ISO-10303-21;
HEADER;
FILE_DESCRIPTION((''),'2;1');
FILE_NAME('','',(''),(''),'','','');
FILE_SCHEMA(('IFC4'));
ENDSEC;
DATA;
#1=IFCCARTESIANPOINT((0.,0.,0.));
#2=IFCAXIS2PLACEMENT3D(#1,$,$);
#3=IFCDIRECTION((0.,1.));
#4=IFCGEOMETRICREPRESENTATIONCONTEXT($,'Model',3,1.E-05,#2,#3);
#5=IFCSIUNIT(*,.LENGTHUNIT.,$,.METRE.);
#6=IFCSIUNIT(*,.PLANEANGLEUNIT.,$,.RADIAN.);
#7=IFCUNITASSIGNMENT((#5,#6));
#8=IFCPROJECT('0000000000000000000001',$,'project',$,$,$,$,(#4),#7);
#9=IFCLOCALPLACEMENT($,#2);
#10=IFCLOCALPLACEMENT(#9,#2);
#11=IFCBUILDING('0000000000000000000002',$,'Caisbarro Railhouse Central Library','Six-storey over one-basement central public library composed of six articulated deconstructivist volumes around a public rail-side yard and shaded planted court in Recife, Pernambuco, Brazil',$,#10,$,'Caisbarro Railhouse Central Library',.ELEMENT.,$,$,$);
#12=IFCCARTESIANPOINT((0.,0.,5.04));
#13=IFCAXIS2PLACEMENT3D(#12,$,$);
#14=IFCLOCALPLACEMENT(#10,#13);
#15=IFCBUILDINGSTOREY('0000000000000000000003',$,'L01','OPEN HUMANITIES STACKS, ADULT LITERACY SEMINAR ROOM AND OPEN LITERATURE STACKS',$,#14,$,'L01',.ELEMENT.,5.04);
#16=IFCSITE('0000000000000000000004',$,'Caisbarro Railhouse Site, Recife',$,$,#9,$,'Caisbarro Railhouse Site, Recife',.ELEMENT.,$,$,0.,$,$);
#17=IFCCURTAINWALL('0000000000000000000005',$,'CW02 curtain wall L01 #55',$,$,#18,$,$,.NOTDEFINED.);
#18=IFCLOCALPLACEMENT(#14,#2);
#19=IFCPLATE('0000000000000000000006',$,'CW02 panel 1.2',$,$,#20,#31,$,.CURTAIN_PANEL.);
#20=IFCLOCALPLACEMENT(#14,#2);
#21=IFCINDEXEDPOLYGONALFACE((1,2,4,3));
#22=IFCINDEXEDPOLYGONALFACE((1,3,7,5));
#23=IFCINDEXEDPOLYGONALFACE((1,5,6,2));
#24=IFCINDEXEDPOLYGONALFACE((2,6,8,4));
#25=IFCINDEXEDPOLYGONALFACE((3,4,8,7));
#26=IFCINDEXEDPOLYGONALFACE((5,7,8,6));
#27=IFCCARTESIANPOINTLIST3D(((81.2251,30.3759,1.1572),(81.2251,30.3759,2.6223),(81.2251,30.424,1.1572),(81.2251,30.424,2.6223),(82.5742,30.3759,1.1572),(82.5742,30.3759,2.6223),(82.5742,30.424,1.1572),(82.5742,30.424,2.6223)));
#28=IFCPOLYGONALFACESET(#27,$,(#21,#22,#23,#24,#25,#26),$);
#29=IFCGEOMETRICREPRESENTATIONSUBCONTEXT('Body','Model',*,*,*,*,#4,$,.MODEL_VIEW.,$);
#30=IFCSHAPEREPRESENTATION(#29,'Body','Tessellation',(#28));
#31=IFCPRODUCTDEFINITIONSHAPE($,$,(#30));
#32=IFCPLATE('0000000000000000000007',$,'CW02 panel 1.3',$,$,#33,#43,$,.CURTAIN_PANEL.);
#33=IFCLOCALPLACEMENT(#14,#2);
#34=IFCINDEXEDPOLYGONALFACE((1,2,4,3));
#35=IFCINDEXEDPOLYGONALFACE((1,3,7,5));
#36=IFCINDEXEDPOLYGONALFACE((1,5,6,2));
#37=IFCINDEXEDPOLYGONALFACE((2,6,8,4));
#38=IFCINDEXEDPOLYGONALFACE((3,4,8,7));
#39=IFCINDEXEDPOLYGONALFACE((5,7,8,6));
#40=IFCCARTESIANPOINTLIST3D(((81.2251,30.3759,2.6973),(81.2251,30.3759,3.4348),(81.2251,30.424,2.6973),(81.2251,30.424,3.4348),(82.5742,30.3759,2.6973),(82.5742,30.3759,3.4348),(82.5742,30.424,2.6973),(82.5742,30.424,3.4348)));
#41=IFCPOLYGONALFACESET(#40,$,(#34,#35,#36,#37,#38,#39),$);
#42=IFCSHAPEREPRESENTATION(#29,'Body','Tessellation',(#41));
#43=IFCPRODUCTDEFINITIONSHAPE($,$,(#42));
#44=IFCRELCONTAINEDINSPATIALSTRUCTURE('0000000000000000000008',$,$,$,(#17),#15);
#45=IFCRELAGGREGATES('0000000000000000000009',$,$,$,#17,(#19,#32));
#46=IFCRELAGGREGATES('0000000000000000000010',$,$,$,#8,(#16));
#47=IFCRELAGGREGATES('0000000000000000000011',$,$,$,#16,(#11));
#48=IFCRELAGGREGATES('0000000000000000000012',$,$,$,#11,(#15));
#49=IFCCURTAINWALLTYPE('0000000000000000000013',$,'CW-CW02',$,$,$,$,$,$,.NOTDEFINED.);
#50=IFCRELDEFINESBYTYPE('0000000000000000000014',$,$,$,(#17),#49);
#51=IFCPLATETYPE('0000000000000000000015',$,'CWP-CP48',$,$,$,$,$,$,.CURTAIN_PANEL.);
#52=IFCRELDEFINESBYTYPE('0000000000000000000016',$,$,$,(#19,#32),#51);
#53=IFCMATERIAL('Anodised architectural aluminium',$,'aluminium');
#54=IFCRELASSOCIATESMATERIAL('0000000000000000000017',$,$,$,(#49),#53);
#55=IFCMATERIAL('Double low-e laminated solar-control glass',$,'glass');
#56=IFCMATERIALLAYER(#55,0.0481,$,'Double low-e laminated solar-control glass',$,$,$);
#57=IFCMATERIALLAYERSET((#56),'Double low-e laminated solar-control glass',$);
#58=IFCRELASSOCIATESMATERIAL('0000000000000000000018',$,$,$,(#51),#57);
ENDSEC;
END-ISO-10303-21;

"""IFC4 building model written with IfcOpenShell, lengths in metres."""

from ifc_helpers import new_model, si_unit, direction, frame, origin, origin_2d, place, context, subcontext, project, spatial, rectangle, extrude, material, layer, layer_set, type_object, element, aggregate, save


model = new_model("IFC4")

# Units and contexts
model_context = context("Model", 3, precision=1e-05, world=origin(), true_north=direction((0.0, 1.0)))
body_context = subcontext(model_context, "Body", "Model", "MODEL_VIEW")
ifc_project = project(units=[si_unit("LENGTHUNIT", "METRE"), si_unit("PLANEANGLEUNIT", "RADIAN")], contexts=[model_context])

# Site, building, storey
site_placement = place(None, origin())
site = spatial("IfcSite", under=ifc_project, at=site_placement, Name="Caisbarro Railhouse Site, Recife", LongName="Caisbarro Railhouse Site, Recife", CompositionType="ELEMENT", RefElevation=0.0)
building_placement = place(site_placement, origin())
building = spatial("IfcBuilding", under=site, at=building_placement, Name="Caisbarro Railhouse Central Library", Description="Six-storey over one-basement central public library composed of six articulated deconstructivist volumes around a public rail-side yard and shaded planted court in Recife, Pernambuco, Brazil", LongName="Caisbarro Railhouse Central Library", CompositionType="ELEMENT")
storey_placement = place(building_placement, frame((0.0, 0.0, 5.04)))
storey = spatial("IfcBuildingStorey", under=building, at=storey_placement, Name="L01", Description="OPEN HUMANITIES STACKS, ADULT LITERACY SEMINAR ROOM AND OPEN LITERATURE STACKS", LongName="L01", CompositionType="ELEMENT", Elevation=5.04)

# Shared definitions
ifc_material_1 = material(Name="Anodised architectural aluminium", Category="aluminium")
curtain_wall_type = type_object("IfcCurtainWallType", Name="CW-CW02", PredefinedType="NOTDEFINED", material=ifc_material_1)

# Curtain wall
curtain_wall_1_placement = place(storey_placement, origin())
curtain_wall_1 = element("IfcCurtainWall", 1, at=curtain_wall_1_placement, inside=storey, type_object=curtain_wall_type, Name="CW02 curtain wall L01 #55", PredefinedType="NOTDEFINED")

# Plates
ifc_material_2 = material(Name="Double low-e laminated solar-control glass", Category="glass")
ifc_layer_1 = layer(ifc_material_2, 0.0481, Name="Double low-e laminated solar-control glass")
ifc_layer_set_1 = layer_set([ifc_layer_1], Name="Double low-e laminated solar-control glass")
plate_type_1 = type_object("IfcPlateType", Name="CWP-CP48", PredefinedType="CURTAIN_PANEL", material=ifc_layer_set_1)
plate_1_placement = place(storey_placement, frame((81.8997, 30.3999, 1.1572), z_axis=(0.0, 0.0, 1.0), x_axis=(1.0, 0.0, 0.0)))
plate_1 = element("IfcPlate", 2, at=plate_1_placement, type_object=plate_type_1, Name="CW02 panel 1.2", PredefinedType="CURTAIN_PANEL", context=body_context, shape_type="SweptSolid", body=[
    extrude(rectangle(XDim=1.3491, YDim=0.0481, at=origin_2d()), origin(), (0.0, 0.0, 1.0), 1.4651),
])
plate_2_placement = place(storey_placement, frame((81.8997, 30.3999, 2.6973), z_axis=(0.0, 0.0, 1.0), x_axis=(1.0, 0.0, 0.0)))
plate_2 = element("IfcPlate", 3, at=plate_2_placement, type_object=plate_type_1, Name="CW02 panel 1.3", PredefinedType="CURTAIN_PANEL", context=body_context, shape_type="SweptSolid", body=[
    extrude(rectangle(XDim=1.3491, YDim=0.0481, at=origin_2d()), origin(), (0.0, 0.0, 1.0), 0.7375),
])
aggregate(curtain_wall_1, [plate_1, plate_2])

save(model, "model.ifc")
